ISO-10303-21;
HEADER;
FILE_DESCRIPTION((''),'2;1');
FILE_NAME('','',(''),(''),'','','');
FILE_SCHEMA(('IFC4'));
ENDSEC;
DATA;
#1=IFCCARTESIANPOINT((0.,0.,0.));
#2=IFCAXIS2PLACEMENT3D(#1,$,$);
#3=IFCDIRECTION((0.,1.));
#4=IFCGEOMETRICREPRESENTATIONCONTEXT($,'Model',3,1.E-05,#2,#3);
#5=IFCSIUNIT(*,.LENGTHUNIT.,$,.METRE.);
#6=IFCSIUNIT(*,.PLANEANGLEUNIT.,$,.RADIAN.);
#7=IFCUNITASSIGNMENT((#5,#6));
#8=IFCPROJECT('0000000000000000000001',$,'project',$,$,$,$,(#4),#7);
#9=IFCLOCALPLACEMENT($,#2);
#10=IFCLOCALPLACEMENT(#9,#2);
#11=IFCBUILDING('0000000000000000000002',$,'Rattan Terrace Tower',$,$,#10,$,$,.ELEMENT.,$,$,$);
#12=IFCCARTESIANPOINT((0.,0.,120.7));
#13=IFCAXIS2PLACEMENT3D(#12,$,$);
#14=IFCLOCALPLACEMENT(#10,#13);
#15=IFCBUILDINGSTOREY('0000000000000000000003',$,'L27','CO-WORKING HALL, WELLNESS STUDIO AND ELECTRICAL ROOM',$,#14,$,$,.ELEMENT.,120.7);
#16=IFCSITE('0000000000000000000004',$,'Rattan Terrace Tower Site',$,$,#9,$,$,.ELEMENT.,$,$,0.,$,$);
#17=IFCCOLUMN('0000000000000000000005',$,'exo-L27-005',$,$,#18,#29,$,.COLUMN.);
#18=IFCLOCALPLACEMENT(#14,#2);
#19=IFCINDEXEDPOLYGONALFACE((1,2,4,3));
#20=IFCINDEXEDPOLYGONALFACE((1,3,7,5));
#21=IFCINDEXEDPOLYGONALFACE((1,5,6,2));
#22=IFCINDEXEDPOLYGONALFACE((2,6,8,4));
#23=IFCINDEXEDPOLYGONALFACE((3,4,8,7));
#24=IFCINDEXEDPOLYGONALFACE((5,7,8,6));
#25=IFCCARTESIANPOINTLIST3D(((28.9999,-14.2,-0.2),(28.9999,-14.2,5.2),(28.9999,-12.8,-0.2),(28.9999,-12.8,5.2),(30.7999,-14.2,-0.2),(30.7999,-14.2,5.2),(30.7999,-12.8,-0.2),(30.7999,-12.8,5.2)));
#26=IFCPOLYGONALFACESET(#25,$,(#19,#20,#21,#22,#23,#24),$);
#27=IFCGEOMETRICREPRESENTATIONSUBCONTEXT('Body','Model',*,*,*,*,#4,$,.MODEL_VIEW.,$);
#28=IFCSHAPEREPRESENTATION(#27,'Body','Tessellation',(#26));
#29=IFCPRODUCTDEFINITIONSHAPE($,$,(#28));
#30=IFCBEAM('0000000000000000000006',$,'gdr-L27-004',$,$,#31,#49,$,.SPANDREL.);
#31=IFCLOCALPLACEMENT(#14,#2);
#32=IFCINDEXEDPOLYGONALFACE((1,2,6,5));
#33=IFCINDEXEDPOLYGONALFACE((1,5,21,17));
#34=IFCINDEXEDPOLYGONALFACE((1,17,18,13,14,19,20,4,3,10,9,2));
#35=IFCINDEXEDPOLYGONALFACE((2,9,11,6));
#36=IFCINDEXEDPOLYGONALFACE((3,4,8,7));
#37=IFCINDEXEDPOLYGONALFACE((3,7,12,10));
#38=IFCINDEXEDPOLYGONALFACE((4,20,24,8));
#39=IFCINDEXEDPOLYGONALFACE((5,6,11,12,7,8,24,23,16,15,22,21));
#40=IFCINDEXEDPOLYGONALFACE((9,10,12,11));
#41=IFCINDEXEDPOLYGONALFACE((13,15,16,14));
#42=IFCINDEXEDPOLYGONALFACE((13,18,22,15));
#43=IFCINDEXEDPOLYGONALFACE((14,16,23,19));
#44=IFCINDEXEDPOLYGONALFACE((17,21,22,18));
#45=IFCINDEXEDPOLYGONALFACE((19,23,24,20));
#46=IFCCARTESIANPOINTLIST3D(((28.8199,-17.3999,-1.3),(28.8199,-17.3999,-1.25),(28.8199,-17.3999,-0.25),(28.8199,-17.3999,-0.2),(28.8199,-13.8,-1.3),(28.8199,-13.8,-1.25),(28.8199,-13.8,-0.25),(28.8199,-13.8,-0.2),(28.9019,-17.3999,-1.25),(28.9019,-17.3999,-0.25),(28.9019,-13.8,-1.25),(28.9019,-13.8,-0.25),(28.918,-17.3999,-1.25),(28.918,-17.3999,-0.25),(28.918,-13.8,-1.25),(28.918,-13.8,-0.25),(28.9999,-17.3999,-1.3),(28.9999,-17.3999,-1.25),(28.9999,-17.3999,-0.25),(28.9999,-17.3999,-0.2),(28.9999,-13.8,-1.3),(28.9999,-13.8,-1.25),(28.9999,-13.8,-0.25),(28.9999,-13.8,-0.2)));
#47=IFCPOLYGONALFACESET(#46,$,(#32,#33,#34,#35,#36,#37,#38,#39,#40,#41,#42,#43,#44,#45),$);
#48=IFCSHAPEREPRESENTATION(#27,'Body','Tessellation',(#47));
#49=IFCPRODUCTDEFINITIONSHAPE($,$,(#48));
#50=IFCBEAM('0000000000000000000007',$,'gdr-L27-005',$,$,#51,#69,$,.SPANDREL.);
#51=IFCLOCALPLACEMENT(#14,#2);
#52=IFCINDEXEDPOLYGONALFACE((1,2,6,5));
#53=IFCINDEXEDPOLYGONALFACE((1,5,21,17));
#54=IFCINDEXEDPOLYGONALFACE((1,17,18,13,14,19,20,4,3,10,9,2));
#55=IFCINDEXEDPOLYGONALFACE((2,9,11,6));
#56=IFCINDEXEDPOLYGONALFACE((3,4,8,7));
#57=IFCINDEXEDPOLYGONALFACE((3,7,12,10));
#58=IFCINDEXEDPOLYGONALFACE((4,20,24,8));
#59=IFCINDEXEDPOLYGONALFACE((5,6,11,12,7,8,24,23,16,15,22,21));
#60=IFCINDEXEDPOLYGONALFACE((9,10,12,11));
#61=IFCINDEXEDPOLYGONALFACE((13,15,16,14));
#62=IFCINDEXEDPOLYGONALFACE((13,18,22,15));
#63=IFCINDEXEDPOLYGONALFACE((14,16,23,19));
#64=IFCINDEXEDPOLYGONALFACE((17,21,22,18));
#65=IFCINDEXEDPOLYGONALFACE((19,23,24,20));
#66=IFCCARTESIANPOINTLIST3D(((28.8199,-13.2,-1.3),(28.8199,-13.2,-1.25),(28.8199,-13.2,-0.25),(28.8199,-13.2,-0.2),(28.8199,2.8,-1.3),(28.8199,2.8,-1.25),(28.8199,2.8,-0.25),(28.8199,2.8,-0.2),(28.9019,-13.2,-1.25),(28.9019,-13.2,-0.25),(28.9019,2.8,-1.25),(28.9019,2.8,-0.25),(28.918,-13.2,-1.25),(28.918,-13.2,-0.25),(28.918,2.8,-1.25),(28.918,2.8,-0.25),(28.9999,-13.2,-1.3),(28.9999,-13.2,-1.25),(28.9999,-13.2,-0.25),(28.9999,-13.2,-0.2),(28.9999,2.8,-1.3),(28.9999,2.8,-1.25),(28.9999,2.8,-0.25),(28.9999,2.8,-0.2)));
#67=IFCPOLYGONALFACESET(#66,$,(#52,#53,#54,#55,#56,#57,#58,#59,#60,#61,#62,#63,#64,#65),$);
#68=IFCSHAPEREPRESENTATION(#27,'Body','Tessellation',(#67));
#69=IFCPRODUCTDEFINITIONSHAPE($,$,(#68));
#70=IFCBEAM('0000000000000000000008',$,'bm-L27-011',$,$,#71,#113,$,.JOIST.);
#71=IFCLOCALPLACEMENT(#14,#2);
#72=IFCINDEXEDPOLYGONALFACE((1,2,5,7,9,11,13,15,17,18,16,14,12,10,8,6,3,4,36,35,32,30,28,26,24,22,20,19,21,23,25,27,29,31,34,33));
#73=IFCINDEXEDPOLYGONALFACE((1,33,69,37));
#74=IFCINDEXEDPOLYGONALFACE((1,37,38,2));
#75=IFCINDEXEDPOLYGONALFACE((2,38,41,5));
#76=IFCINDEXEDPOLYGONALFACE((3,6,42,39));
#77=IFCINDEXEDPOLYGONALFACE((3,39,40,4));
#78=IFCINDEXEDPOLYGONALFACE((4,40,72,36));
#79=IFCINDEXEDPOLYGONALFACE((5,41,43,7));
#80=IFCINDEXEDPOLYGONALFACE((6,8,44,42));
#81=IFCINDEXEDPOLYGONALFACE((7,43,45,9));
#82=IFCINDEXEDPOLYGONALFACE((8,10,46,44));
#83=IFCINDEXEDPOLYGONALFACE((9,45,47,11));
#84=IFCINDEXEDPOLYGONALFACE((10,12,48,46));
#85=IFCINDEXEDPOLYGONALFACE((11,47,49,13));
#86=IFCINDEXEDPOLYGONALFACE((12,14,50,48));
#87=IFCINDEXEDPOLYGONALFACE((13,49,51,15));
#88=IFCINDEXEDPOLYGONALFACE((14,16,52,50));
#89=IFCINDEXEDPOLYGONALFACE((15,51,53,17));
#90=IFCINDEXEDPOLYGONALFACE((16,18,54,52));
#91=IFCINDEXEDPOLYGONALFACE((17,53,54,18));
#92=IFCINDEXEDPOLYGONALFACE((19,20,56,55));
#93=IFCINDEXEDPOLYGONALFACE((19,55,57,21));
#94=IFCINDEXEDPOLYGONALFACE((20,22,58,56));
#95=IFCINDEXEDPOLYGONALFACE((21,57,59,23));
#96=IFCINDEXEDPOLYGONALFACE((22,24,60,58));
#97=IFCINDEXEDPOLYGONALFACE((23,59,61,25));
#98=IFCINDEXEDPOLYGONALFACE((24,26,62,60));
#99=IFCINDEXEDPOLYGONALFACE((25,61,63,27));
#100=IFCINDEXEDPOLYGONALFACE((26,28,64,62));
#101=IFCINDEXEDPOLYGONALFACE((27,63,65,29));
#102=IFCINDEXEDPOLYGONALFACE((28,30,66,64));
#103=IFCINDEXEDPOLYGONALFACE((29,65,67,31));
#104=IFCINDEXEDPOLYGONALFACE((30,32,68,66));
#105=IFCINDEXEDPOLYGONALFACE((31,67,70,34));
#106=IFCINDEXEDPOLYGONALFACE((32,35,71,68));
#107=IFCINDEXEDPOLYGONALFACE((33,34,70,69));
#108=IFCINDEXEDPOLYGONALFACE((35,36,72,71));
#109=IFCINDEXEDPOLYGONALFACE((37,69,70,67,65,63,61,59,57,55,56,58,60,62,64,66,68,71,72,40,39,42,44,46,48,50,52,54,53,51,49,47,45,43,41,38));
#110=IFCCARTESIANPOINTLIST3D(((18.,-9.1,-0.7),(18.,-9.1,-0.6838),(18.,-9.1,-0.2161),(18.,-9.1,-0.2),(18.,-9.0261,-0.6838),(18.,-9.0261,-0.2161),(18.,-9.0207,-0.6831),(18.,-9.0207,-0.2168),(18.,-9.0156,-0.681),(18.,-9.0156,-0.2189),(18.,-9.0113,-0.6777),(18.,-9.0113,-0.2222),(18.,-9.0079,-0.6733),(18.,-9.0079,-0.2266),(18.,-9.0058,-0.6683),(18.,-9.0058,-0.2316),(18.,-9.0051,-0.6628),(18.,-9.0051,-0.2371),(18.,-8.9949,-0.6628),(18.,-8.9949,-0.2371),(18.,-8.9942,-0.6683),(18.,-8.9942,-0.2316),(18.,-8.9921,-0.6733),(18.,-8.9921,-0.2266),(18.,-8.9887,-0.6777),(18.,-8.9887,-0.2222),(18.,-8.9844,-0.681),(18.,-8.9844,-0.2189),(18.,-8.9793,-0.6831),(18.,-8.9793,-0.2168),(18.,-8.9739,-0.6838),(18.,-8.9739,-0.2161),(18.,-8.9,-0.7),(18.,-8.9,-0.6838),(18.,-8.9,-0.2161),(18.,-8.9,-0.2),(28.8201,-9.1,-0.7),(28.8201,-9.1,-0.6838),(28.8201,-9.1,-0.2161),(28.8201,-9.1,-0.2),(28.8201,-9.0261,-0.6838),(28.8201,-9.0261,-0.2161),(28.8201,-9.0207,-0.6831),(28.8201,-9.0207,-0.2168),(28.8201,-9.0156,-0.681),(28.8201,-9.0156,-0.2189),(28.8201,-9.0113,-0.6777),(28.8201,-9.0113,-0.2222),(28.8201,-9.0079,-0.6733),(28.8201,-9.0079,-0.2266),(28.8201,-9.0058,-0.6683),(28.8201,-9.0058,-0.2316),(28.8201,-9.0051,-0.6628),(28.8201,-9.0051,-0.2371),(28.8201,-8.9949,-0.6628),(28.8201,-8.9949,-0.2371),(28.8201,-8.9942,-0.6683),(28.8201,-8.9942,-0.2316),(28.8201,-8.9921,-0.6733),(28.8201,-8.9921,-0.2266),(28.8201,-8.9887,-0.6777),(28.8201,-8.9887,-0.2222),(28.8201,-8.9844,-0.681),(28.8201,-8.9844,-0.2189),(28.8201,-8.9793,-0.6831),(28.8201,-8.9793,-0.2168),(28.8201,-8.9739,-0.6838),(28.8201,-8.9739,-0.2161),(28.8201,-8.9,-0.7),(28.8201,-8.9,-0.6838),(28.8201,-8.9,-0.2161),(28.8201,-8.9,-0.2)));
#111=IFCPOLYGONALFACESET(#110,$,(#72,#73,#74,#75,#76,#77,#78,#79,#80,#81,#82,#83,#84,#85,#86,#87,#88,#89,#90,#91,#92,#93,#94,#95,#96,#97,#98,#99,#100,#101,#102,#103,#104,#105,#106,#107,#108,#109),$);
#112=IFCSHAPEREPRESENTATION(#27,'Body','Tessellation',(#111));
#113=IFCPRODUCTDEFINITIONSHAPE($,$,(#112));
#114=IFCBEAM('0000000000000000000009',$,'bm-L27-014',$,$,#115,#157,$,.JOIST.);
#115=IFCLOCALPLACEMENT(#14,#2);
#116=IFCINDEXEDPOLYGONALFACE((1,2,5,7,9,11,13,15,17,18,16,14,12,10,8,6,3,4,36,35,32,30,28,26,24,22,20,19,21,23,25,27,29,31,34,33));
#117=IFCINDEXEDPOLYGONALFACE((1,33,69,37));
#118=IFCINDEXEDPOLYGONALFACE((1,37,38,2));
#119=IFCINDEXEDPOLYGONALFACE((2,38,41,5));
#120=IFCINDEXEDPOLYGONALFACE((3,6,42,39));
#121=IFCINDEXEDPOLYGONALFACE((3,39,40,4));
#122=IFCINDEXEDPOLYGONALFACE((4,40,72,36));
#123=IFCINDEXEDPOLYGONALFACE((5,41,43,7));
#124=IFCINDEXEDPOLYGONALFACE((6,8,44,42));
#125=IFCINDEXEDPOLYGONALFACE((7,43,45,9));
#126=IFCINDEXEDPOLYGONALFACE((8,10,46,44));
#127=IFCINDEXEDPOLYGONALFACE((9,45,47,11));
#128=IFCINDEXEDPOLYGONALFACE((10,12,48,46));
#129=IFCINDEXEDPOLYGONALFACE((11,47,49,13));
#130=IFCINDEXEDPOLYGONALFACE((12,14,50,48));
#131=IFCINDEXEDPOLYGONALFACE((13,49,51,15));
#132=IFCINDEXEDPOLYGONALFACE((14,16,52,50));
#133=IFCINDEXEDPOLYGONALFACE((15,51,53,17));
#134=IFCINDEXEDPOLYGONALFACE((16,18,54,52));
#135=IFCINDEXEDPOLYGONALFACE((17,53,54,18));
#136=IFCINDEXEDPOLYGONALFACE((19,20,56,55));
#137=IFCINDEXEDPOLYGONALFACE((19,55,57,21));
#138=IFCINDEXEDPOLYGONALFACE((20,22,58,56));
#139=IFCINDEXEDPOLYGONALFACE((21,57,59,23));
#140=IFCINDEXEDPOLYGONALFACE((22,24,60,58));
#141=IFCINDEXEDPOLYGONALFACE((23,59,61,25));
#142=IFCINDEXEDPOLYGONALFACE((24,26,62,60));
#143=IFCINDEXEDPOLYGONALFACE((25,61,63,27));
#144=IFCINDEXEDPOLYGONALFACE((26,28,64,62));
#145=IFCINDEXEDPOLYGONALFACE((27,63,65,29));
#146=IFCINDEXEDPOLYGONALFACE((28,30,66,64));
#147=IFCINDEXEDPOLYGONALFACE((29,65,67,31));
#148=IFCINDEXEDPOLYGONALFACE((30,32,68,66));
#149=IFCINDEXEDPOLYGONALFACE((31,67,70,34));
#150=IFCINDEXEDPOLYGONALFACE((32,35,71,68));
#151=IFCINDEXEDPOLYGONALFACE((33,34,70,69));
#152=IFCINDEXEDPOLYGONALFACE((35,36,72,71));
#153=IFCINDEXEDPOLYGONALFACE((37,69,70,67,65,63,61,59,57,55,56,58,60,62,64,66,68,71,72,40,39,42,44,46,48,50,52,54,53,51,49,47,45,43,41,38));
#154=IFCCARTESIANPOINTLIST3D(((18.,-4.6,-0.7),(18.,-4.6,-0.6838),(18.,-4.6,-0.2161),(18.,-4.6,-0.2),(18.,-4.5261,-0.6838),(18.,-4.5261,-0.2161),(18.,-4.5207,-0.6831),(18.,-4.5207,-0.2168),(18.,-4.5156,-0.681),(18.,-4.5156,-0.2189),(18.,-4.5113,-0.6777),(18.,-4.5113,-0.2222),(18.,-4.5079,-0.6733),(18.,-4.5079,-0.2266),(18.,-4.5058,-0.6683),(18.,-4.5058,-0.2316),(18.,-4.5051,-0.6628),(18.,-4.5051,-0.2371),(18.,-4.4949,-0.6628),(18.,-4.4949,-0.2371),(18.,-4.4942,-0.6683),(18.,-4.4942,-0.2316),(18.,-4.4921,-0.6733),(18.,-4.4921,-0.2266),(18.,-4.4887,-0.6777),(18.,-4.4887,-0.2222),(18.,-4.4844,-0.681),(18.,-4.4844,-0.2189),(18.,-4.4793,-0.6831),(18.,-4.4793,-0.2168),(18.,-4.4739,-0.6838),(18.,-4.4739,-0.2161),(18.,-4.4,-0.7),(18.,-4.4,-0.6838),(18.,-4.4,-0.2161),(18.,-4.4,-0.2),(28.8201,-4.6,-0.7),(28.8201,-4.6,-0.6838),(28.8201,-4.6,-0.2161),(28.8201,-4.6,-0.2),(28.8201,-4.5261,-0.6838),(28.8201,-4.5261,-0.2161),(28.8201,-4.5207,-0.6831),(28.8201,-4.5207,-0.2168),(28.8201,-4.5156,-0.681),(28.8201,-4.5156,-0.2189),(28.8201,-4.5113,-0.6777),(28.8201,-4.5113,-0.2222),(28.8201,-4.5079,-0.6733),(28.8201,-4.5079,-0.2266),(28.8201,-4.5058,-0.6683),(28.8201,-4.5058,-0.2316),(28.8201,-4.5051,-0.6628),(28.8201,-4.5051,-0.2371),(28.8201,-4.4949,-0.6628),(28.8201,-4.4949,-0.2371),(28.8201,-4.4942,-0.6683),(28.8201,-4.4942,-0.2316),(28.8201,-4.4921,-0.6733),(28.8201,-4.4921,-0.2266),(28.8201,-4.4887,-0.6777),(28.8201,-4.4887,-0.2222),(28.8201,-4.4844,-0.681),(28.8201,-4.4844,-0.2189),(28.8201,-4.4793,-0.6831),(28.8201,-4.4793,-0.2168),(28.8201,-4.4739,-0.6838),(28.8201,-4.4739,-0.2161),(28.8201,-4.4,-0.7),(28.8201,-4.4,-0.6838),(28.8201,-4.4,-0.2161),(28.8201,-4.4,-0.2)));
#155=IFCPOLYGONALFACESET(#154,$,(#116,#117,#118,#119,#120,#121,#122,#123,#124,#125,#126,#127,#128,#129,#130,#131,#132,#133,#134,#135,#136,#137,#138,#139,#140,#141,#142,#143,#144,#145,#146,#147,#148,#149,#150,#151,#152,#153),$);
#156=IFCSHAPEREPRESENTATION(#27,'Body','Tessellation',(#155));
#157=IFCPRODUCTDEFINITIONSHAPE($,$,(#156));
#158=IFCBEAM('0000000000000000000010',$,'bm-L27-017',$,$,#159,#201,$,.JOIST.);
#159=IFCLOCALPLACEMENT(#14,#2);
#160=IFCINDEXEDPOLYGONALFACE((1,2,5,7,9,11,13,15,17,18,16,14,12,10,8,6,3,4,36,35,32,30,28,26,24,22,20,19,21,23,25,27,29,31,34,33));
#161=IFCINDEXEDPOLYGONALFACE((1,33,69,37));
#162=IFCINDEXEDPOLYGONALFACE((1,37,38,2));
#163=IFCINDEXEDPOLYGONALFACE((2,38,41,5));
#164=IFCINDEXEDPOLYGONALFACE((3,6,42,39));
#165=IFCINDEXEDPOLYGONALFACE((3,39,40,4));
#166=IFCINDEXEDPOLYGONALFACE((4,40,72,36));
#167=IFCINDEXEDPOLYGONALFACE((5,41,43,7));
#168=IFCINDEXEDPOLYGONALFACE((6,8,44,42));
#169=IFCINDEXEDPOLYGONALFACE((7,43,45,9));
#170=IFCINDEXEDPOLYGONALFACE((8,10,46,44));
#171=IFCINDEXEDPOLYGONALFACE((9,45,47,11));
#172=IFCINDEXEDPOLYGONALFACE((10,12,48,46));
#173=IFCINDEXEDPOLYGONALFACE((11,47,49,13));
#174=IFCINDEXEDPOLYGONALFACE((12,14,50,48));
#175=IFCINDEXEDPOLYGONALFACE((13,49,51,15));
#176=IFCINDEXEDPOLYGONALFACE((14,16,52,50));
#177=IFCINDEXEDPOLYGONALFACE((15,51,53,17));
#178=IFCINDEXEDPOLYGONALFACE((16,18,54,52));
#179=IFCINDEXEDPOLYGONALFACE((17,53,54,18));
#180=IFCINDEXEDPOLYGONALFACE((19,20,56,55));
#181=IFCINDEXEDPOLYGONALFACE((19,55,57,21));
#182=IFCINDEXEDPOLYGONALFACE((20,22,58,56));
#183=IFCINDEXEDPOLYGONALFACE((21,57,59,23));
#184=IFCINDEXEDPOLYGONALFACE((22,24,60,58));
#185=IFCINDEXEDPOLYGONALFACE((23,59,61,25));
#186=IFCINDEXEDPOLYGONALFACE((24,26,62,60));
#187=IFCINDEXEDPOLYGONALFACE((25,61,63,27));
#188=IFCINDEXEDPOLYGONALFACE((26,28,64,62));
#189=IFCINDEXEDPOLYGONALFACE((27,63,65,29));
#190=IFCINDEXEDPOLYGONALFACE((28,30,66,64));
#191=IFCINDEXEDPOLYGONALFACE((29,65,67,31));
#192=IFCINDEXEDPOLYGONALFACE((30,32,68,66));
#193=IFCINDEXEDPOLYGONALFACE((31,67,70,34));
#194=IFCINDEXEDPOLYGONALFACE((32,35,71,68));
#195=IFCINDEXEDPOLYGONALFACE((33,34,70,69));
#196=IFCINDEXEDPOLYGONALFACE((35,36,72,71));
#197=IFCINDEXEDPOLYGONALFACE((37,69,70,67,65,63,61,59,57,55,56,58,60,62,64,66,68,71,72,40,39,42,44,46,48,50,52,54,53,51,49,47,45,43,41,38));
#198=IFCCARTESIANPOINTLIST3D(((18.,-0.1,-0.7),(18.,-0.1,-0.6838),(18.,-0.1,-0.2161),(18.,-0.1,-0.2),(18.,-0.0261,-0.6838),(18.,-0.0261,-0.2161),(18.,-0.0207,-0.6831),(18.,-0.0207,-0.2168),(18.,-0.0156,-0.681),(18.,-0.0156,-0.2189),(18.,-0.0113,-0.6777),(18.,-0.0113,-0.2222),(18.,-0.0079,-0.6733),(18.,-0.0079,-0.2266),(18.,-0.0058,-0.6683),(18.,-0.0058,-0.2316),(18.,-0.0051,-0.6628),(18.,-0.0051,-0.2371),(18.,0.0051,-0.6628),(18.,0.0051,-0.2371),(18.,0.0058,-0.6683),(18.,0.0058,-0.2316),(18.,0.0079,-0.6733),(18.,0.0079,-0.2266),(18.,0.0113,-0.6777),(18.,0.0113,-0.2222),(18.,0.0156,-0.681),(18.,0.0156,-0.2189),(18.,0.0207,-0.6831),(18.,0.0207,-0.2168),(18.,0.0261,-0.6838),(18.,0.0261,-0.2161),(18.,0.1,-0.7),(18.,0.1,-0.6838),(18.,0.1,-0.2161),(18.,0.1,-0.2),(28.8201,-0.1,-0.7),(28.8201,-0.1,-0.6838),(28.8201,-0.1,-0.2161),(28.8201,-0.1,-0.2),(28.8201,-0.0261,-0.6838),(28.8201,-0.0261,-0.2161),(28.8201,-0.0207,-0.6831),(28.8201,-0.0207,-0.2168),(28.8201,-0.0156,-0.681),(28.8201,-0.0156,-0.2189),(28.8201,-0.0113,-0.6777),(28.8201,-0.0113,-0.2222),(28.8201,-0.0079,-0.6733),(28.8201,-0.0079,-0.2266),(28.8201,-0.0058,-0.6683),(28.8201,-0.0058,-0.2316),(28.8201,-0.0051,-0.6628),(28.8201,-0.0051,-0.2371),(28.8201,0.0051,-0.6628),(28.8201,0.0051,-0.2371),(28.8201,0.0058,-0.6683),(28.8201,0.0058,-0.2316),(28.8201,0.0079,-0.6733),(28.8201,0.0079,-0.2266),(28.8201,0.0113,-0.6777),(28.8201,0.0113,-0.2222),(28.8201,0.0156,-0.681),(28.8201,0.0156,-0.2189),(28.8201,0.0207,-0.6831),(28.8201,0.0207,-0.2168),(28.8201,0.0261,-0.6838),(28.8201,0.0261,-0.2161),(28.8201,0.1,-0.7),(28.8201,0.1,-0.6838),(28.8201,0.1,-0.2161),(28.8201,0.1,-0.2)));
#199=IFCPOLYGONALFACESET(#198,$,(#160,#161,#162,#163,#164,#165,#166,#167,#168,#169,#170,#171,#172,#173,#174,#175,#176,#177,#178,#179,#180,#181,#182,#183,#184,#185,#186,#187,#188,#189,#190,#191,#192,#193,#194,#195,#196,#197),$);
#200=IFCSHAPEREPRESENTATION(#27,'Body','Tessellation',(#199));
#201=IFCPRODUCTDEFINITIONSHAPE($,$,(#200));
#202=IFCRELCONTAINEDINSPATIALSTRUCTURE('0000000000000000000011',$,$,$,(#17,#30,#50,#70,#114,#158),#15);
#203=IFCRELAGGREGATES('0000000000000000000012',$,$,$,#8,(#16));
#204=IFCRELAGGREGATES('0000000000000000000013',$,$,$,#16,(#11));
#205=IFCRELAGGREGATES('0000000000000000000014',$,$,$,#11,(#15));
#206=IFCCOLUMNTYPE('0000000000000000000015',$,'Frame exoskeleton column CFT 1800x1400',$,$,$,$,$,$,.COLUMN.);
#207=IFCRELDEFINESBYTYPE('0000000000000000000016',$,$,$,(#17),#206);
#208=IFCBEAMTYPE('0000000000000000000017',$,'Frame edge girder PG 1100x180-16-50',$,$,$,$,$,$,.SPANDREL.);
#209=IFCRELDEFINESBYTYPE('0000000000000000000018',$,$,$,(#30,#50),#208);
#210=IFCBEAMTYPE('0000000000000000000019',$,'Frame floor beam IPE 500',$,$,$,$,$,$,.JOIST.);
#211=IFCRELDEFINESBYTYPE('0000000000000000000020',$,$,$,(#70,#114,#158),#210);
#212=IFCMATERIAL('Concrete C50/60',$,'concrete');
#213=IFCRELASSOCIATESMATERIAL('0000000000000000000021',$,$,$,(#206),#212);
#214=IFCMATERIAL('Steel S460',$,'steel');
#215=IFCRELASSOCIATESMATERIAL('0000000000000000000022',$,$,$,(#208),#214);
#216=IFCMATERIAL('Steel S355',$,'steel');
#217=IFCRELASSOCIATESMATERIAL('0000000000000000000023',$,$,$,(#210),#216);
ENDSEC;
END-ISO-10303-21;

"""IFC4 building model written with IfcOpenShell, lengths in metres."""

from ifc_helpers import new_model, si_unit, direction, frame, origin, origin_2d, place, context, subcontext, project, spatial, rectangle, i_section, extrude, material, material_profile, profile_set, type_object, element, save


model = new_model("IFC4")

# Units and contexts
model_context = context("Model", 3, precision=1e-05, world=origin(), true_north=direction((0.0, 1.0)))
body_context = subcontext(model_context, "Body", "Model", "MODEL_VIEW")
ifc_project = project(units=[si_unit("LENGTHUNIT", "METRE"), si_unit("PLANEANGLEUNIT", "RADIAN")], contexts=[model_context])

# Site, building, storey
site_placement = place(None, origin())
site = spatial("IfcSite", under=ifc_project, at=site_placement, Name="Rattan Terrace Tower Site", CompositionType="ELEMENT", RefElevation=0.0)
building_placement = place(site_placement, origin())
building = spatial("IfcBuilding", under=site, at=building_placement, Name="Rattan Terrace Tower", CompositionType="ELEMENT")
storey_placement = place(building_placement, frame((0.0, 0.0, 120.7)))
storey = spatial("IfcBuildingStorey", under=building, at=storey_placement, Name="L27", Description="CO-WORKING HALL, WELLNESS STUDIO AND ELECTRICAL ROOM", CompositionType="ELEMENT", Elevation=120.7)

# Column
ifc_material_1 = material(Name="Concrete C50/60", Category="concrete")
ifc_material_profile_1 = material_profile(ifc_material_1, rectangle(XDim=1.3999, YDim=1.8, at=origin_2d()), Name="CFT 1800x1400")
ifc_profile_set_1 = profile_set([ifc_material_profile_1], Name="Concrete C50/60")
column_type = type_object("IfcColumnType", Name="Frame exoskeleton column CFT 1800x1400", PredefinedType="COLUMN", material=ifc_profile_set_1)
column_placement = place(storey_placement, frame((29.8999, -13.5, -0.2), z_axis=(0.0, 0.0, 1.0), x_axis=(0.0, 1.0, 0.0)))
element("IfcColumn", 1, at=column_placement, inside=storey, type_object=column_type, Name="exo-L27-005", PredefinedType="COLUMN", context=body_context, shape_type="SweptSolid", body=[
    extrude(rectangle(XDim=1.3999, YDim=1.8, at=origin_2d()), origin(), (0.0, 0.0, 1.0), 5.3999),
])

# Beams
ifc_material_2 = material(Name="Steel S460", Category="steel")
ifc_material_profile_2 = material_profile(ifc_material_2, i_section(OverallWidth=0.1799, OverallDepth=1.1001, WebThickness=0.0161, FlangeThickness=0.05, at=origin_2d()), Name="PG 1100x180-16-50")
ifc_profile_set_2 = profile_set([ifc_material_profile_2], Name="Steel S460")
beam_type_1 = type_object("IfcBeamType", Name="Frame edge girder PG 1100x180-16-50", PredefinedType="SPANDREL", material=ifc_profile_set_2)
beam_1_placement = place(storey_placement, frame((28.9099, -13.8, -0.75), z_axis=(0.0, -1.0, 0.0), x_axis=(1.0, 0.0, 0.0)))
element("IfcBeam", 2, at=beam_1_placement, inside=storey, type_object=beam_type_1, Name="gdr-L27-004", PredefinedType="SPANDREL", context=body_context, shape_type="SweptSolid", body=[
    extrude(i_section(OverallWidth=0.1799, OverallDepth=1.1001, WebThickness=0.0161, FlangeThickness=0.05, at=origin_2d()), origin(), (0.0, 0.0, 1.0), 3.5999),
])
beam_2_placement = place(storey_placement, frame((28.9099, -13.2, -0.75), z_axis=(0.0, 1.0, 0.0), x_axis=(-1.0, 0.0, 0.0)))
element("IfcBeam", 3, at=beam_2_placement, inside=storey, type_object=beam_type_1, Name="gdr-L27-005", PredefinedType="SPANDREL", context=body_context, shape_type="SweptSolid", body=[
    extrude(i_section(OverallWidth=0.1799, OverallDepth=1.1001, WebThickness=0.0161, FlangeThickness=0.05, at=origin_2d()), origin(), (0.0, 0.0, 1.0), 16.0),
])
ifc_material_3 = material(Name="Steel S355", Category="steel")
ifc_material_profile_3 = material_profile(ifc_material_3, i_section(OverallWidth=0.2, OverallDepth=0.5, WebThickness=0.0103, FlangeThickness=0.0161, FilletRadius=0.021, at=origin_2d()), Name="IPE 500")
ifc_profile_set_3 = profile_set([ifc_material_profile_3], Name="Steel S355")
beam_type_2 = type_object("IfcBeamType", Name="Frame floor beam IPE 500", PredefinedType="JOIST", material=ifc_profile_set_3)
for number, where, z_axis, x_axis, name in (
    (4, (18.0, -9.0, -0.45), (1.0, 0.0, 0.0), (0.0, 1.0, 0.0), "bm-L27-011"),
    (5, (18.0, -4.5, -0.45), (1.0, 0.0, 0.0), (0.0, 1.0, 0.0), "bm-L27-014"),
    (6, (18.0, 0.0, -0.45), (1.0, 0.0, 0.0), (0.0, 1.0, 0.0), "bm-L27-017"),
):
    element("IfcBeam", number, at=place(storey_placement, frame(where, z_axis=z_axis, x_axis=x_axis)), inside=storey, type_object=beam_type_2, Name=name, PredefinedType="JOIST", context=body_context, shape_type="SweptSolid", body=[
        extrude(i_section(OverallWidth=0.2, OverallDepth=0.5, WebThickness=0.0103, FlangeThickness=0.0161, FilletRadius=0.021, at=origin_2d()), origin(), (0.0, 0.0, 1.0), 10.8201),
    ])

save(model, "model.ifc")
